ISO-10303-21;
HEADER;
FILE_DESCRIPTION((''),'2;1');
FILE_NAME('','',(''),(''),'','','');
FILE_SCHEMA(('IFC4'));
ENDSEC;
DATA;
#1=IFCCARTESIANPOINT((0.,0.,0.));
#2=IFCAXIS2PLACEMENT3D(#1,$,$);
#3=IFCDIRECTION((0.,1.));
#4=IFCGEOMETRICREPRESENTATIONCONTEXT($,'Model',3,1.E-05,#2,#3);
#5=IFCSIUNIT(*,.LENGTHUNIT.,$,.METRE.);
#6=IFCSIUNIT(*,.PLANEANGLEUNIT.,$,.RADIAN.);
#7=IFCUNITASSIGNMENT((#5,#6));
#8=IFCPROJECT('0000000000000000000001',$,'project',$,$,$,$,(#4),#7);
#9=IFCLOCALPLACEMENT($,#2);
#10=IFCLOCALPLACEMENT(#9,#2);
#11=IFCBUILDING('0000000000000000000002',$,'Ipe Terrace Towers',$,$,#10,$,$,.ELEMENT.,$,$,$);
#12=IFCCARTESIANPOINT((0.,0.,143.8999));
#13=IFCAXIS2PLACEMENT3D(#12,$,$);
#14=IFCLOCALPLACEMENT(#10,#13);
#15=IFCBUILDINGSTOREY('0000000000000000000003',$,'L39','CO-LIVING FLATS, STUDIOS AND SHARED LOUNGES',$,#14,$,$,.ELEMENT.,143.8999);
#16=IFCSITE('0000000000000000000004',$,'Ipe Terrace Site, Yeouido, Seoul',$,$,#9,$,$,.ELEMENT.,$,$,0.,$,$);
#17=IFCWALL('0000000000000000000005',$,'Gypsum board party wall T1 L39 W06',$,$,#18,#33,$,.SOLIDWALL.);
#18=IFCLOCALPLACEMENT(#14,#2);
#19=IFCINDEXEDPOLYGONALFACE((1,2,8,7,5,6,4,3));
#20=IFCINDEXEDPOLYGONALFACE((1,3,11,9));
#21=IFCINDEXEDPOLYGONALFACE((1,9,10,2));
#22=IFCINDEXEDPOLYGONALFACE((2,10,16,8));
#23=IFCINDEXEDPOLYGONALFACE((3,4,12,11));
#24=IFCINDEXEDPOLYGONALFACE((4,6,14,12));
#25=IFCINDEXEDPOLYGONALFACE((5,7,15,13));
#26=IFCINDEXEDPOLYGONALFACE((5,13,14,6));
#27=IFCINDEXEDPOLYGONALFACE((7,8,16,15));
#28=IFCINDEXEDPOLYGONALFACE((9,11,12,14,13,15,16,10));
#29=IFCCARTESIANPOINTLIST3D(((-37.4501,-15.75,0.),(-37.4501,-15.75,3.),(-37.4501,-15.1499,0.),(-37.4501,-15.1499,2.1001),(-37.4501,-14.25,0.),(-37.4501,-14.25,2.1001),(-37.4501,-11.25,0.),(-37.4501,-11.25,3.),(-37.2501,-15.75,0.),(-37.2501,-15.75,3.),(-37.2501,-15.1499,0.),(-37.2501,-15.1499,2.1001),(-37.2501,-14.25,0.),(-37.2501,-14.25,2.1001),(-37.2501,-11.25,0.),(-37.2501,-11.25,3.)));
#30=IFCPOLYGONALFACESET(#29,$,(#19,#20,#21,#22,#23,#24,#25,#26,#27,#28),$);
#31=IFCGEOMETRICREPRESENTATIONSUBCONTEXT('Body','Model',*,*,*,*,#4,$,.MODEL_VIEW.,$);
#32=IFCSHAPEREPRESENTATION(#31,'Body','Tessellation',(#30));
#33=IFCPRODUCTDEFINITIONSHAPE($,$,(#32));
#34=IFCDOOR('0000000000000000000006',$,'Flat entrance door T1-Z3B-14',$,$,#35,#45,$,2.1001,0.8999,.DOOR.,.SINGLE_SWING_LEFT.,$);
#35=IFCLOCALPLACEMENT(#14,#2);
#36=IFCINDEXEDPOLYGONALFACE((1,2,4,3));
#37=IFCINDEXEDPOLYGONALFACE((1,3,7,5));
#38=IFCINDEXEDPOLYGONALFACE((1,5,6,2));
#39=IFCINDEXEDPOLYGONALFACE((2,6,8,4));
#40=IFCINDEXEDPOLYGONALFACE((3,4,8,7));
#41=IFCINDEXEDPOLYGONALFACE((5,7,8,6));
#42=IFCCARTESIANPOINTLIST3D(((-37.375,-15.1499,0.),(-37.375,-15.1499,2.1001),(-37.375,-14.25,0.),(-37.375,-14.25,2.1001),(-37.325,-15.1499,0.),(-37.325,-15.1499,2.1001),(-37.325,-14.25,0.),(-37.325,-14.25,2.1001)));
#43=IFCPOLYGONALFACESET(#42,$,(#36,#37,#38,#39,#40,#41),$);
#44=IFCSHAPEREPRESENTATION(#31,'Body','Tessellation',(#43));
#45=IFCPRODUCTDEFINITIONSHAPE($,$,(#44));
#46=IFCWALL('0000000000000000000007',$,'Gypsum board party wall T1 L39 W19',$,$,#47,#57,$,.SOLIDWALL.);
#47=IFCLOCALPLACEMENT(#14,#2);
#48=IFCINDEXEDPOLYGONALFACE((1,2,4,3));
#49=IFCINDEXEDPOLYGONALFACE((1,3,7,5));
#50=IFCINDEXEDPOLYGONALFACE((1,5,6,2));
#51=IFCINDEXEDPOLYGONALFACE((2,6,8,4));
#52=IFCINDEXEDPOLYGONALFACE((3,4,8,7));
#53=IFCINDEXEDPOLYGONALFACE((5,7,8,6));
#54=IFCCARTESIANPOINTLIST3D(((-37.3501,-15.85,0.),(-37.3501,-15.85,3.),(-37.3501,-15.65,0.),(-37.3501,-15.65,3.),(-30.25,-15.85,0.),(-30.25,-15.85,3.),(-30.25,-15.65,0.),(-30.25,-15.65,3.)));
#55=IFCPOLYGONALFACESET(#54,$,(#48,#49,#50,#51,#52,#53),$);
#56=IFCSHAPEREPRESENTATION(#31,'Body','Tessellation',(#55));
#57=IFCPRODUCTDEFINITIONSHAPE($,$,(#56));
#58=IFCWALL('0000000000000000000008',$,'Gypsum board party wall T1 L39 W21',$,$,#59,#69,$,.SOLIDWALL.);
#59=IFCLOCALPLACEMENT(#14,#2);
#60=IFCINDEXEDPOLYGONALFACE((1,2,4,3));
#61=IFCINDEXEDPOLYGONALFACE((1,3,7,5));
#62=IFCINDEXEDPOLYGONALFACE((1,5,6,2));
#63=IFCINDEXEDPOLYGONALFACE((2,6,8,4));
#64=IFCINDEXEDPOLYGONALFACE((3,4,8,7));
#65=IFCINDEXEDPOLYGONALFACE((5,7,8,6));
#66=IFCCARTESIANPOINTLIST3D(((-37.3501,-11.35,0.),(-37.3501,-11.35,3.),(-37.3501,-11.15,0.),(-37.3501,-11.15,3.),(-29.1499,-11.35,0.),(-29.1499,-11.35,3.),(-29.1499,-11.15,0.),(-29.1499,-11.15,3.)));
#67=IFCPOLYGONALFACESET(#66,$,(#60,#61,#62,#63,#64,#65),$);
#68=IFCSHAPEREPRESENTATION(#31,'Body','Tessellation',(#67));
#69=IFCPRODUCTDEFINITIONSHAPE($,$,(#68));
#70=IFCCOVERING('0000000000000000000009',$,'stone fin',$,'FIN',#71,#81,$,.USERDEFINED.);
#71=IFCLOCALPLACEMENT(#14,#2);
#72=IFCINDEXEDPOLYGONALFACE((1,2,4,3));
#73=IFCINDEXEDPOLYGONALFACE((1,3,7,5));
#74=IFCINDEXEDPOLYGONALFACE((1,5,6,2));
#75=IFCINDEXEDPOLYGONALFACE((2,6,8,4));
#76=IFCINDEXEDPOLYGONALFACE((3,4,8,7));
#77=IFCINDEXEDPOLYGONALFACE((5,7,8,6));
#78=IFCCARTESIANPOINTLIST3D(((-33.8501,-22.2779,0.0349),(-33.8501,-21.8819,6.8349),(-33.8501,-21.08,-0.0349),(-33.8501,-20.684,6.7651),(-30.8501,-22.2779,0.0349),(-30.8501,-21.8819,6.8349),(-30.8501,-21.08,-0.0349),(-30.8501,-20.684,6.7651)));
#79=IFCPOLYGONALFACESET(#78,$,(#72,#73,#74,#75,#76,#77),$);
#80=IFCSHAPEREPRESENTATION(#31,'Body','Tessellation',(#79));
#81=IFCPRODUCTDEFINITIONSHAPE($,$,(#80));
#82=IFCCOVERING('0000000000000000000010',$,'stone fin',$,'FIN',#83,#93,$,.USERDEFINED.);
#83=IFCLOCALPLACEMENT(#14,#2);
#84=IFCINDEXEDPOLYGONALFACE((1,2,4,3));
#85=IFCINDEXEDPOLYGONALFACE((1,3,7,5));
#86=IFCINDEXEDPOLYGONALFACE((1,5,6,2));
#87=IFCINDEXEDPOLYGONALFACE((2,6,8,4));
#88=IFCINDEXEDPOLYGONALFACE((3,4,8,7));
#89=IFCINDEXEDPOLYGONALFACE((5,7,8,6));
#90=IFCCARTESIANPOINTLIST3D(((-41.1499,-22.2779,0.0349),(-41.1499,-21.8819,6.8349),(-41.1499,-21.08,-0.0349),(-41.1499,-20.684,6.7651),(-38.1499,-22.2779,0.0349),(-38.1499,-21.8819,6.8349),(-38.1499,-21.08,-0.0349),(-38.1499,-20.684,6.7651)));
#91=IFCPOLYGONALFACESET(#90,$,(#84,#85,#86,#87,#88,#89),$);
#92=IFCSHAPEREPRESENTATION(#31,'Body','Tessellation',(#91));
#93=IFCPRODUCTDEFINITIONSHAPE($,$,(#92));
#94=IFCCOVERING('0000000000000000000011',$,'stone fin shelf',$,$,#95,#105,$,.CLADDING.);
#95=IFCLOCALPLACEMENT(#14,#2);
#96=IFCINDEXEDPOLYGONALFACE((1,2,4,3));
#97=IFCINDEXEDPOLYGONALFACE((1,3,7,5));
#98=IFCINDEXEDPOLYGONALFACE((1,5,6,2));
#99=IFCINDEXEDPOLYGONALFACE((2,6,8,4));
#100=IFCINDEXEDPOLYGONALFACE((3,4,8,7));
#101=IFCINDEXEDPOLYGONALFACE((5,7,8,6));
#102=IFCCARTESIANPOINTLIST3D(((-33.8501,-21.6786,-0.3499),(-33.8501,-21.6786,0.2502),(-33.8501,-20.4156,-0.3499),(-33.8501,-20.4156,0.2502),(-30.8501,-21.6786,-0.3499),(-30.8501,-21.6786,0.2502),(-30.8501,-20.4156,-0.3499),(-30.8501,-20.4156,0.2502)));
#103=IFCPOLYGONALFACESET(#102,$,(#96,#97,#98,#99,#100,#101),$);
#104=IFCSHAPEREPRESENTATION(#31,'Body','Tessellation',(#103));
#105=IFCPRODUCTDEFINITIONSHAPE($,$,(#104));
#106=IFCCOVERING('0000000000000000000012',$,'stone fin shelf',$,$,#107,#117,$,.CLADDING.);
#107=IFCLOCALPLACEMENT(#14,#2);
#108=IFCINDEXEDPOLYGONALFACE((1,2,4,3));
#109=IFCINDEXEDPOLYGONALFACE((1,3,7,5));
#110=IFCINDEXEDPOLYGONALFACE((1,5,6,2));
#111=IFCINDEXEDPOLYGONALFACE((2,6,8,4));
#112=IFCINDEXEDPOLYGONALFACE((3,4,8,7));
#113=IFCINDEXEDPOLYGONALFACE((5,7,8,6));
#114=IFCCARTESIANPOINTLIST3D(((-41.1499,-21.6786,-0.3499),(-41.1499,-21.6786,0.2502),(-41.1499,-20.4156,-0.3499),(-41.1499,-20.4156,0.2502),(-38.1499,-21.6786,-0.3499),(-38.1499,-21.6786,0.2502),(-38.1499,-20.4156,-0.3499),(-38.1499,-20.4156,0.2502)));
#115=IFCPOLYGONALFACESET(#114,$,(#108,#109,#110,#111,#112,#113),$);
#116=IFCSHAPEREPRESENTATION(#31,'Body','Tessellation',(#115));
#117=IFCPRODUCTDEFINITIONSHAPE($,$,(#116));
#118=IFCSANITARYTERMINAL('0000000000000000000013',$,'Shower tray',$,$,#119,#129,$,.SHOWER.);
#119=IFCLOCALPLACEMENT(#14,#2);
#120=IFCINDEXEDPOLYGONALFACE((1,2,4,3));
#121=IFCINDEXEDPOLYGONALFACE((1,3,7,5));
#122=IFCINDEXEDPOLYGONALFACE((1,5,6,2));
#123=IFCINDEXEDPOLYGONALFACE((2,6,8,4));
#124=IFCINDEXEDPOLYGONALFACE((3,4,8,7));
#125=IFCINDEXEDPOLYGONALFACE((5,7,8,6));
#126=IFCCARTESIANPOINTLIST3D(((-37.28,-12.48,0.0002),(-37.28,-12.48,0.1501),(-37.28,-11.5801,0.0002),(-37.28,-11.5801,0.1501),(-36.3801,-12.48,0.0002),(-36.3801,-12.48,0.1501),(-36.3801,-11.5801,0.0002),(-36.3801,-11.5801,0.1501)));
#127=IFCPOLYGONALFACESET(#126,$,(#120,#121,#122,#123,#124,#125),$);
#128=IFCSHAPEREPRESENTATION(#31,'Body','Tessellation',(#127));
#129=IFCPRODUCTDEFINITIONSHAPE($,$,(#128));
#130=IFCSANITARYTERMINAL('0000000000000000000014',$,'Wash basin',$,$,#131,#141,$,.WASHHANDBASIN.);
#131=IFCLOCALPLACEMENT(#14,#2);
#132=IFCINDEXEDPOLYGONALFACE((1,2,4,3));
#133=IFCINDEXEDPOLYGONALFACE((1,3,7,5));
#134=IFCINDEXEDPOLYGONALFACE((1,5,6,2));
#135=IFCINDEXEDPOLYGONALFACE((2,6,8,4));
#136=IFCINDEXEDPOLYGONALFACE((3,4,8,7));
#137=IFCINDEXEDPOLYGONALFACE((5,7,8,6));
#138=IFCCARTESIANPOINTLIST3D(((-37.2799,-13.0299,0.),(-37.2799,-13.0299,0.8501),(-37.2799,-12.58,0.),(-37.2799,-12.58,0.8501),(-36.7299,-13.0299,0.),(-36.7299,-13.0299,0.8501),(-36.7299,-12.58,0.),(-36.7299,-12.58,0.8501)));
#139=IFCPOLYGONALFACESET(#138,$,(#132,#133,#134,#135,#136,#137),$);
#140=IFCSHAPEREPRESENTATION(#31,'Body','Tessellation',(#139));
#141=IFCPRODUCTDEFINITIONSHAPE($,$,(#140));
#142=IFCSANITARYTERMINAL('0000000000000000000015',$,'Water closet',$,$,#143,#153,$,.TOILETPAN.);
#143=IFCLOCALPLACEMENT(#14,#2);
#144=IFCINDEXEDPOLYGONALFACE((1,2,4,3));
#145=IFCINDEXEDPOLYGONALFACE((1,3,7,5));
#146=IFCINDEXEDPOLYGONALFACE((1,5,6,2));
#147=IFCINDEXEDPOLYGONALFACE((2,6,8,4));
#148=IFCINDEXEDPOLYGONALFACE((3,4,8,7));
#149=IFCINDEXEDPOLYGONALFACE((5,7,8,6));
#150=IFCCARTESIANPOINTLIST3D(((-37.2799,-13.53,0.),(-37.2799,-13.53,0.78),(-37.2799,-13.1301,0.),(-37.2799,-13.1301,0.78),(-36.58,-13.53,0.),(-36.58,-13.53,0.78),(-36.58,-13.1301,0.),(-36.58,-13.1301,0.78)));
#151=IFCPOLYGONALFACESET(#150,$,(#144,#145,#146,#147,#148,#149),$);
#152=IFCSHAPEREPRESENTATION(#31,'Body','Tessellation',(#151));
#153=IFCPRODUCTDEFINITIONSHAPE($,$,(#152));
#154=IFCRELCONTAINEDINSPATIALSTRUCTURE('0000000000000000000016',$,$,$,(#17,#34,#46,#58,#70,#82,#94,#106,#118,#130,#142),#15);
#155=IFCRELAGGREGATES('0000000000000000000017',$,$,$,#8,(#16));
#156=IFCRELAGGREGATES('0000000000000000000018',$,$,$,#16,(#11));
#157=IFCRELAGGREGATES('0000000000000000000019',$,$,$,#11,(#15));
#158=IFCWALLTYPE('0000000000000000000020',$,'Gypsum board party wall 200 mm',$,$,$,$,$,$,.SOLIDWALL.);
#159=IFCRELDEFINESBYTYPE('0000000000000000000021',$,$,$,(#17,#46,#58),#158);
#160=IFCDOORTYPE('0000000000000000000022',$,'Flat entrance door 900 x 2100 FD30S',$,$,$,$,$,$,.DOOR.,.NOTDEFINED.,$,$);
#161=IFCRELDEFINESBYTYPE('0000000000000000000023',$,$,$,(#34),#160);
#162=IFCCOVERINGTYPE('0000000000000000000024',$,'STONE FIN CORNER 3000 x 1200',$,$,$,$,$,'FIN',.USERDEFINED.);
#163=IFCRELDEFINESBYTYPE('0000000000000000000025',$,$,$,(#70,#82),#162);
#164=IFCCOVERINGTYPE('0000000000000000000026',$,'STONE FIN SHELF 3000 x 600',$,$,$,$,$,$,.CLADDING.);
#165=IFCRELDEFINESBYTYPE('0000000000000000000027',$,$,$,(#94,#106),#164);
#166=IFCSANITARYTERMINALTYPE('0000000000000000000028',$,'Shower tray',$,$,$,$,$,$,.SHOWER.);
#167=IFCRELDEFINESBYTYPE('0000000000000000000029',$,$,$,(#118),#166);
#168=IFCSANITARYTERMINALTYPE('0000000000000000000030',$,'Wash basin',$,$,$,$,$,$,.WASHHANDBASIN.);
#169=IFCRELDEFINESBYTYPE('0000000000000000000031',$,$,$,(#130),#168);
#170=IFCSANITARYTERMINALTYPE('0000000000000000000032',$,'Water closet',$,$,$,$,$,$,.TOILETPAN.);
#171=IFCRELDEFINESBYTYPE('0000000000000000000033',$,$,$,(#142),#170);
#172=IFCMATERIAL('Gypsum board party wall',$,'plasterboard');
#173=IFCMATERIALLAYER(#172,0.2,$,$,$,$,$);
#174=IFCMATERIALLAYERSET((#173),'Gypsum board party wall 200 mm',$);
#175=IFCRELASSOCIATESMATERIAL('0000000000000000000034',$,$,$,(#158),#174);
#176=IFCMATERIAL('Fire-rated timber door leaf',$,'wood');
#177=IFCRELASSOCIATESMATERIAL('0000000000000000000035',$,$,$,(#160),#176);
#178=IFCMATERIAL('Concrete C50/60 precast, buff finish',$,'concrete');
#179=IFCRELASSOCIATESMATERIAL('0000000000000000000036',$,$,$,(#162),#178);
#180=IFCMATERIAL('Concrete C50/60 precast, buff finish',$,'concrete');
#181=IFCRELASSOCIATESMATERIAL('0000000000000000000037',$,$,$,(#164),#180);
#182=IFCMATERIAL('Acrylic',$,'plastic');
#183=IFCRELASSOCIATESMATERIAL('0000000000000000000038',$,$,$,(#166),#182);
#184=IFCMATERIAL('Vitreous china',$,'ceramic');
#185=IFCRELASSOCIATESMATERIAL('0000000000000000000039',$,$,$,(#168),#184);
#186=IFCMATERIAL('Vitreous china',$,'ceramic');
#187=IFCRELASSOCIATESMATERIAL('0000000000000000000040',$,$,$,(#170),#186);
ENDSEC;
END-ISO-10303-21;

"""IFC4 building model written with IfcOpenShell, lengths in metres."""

from ifc_helpers import new_model, si_unit, direction, frame, frame_2d, origin, origin_2d, place, context, subcontext, project, spatial, rectangle, extrude, material, layer, layer_set, material_profile, profile_set, type_object, element, fill, save


model = new_model("IFC4")

# Units and contexts
model_context = context("Model", 3, precision=1e-05, world=origin(), true_north=direction((0.0, 1.0)))
body_context = subcontext(model_context, "Body", "Model", "MODEL_VIEW")
ifc_project = project(units=[si_unit("LENGTHUNIT", "METRE"), si_unit("PLANEANGLEUNIT", "RADIAN")], contexts=[model_context])

# Site, building, storey
site_placement = place(None, origin())
site = spatial("IfcSite", under=ifc_project, at=site_placement, Name="Ipe Terrace Site, Yeouido, Seoul", CompositionType="ELEMENT", RefElevation=0.0)
building_placement = place(site_placement, origin())
building = spatial("IfcBuilding", under=site, at=building_placement, Name="Ipe Terrace Towers", CompositionType="ELEMENT")
storey_placement = place(building_placement, frame((0.0, 0.0, 143.8999)))
storey = spatial("IfcBuildingStorey", under=building, at=storey_placement, Name="L39", Description="CO-LIVING FLATS, STUDIOS AND SHARED LOUNGES", CompositionType="ELEMENT", Elevation=143.8999)

# Wall, opening, door
ifc_material_1 = material(Name="Gypsum board party wall", Category="plasterboard")
ifc_layer_1 = layer(ifc_material_1, 0.2)
ifc_layer_set_1 = layer_set([ifc_layer_1], Name="Gypsum board party wall 200 mm")
wall_type_1 = type_object("IfcWallType", Name="Gypsum board party wall 200 mm", PredefinedType="SOLIDWALL", material=ifc_layer_set_1)
wall_1_placement = place(storey_placement, frame((-37.3501, -15.75, 0.0), z_axis=(0.0, 0.0, 1.0), x_axis=(0.0, 1.0, 0.0)))
wall_1 = element("IfcWall", 1, at=wall_1_placement, inside=storey, type_object=wall_type_1, Name="Gypsum board party wall T1 L39 W06", PredefinedType="SOLIDWALL", context=body_context, shape_type="SweptSolid", body=[
    extrude(rectangle(XDim=4.5, YDim=0.2, at=frame_2d((2.25, 0.0))), origin(), (0.0, 0.0, 1.0), 3.0),
])
opening_1_placement = place(wall_1_placement, frame((0.6001, 0.0, 0.0)))
opening_1 = element("IfcOpeningElement", 2, at=opening_1_placement, cuts=wall_1, PredefinedType="OPENING", context=body_context, shape_type="SweptSolid", body=[
    extrude(rectangle(XDim=0.8999, YDim=2.1001, at=frame_2d((0.45, 1.05))), frame((0.0, 0.1099, 0.0), z_axis=(0.0, -1.0, 0.0), x_axis=(1.0, 0.0, 0.0)), (0.0, 0.0, 1.0), 0.22),
])
ifc_material_2 = material(Name="Fire-rated timber door leaf", Category="wood")
door_type_1 = type_object("IfcDoorType", Name="Flat entrance door 900 x 2100 FD30S", OperationType="NOTDEFINED", PredefinedType="DOOR", material=ifc_material_2)
door_1_placement = place(opening_1_placement, origin())
door_1 = element("IfcDoor", 3, at=door_1_placement, inside=storey, type_object=door_type_1, Name="Flat entrance door T1-Z3B-14", OperationType="SINGLE_SWING_LEFT", OverallHeight=2.1001, OverallWidth=0.8999, PredefinedType="DOOR", context=body_context, shape_type="SweptSolid", body=[
    extrude(rectangle(XDim=0.8999, YDim=2.1001, at=frame_2d((0.45, 1.05))), frame((0.0, 0.0249, 0.0), z_axis=(0.0, -1.0, 0.0), x_axis=(1.0, 0.0, 0.0)), (0.0, 0.0, 1.0), 0.05),
])
fill(opening_1, door_1)

# Walls
wall_2_placement = place(storey_placement, frame((-37.3501, -15.75, 0.0), z_axis=(0.0, 0.0, 1.0), x_axis=(1.0, 0.0, 0.0)))
element("IfcWall", 4, at=wall_2_placement, inside=storey, type_object=wall_type_1, Name="Gypsum board party wall T1 L39 W19", PredefinedType="SOLIDWALL", context=body_context, shape_type="SweptSolid", body=[
    extrude(rectangle(XDim=7.1001, YDim=0.2, at=frame_2d((3.55, 0.0))), origin(), (0.0, 0.0, 1.0), 3.0),
])
wall_3_placement = place(storey_placement, frame((-37.3501, -11.25, 0.0), z_axis=(0.0, 0.0, 1.0), x_axis=(1.0, 0.0, 0.0)))
element("IfcWall", 5, at=wall_3_placement, inside=storey, type_object=wall_type_1, Name="Gypsum board party wall T1 L39 W21", PredefinedType="SOLIDWALL", context=body_context, shape_type="SweptSolid", body=[
    extrude(rectangle(XDim=8.2002, YDim=0.2, at=frame_2d((4.1001, 0.0))), origin(), (0.0, 0.0, 1.0), 3.0),
])

# Coverings
ifc_material_3 = material(Name="Concrete C50/60 precast, buff finish", Category="concrete")
ifc_material_profile_1 = material_profile(ifc_material_3, rectangle(XDim=3.0, YDim=1.2, at=origin_2d()), Name="STONE FIN CORNER 3000 x 1200")
ifc_profile_set_1 = profile_set([ifc_material_profile_1], Name="Concrete C50/60 precast, buff finish")
covering_type_1 = type_object("IfcCoveringType", Name="STONE FIN CORNER 3000 x 1200", ElementType="FIN", PredefinedType="USERDEFINED", material=ifc_profile_set_1)
for number, where, z_axis, x_axis, name in (
    (6, (-32.3501, -21.679, 0.0), (0.0, 0.058136, 0.998309), (1.0, 0.0, 0.0), "stone fin"),
    (7, (-39.6499, -21.679, 0.0), (0.0, 0.058136, 0.998309), (1.0, 0.0, 0.0), "stone fin"),
):
    element("IfcCovering", number, at=place(storey_placement, frame(where, z_axis=z_axis, x_axis=x_axis)), inside=storey, type_object=covering_type_1, Name=name, ObjectType="FIN", PredefinedType="USERDEFINED", context=body_context, shape_type="SweptSolid", body=[
        extrude(rectangle(XDim=3.0, YDim=1.2, at=origin_2d()), origin(), (0.0, 0.0, 1.0), 6.8115),
    ])
ifc_material_4 = material(Name="Concrete C50/60 precast, buff finish", Category="concrete")
covering_type_2 = type_object("IfcCoveringType", Name="STONE FIN SHELF 3000 x 600", PredefinedType="CLADDING", material=ifc_material_4)
for number, where, z_axis, x_axis, name in (
    (8, (-32.3501, -21.0471, -0.3499), (0.0, 0.0, 1.0), (1.0, 0.0, 0.0), "stone fin shelf"),
    (9, (-39.6499, -21.0471, -0.3499), (0.0, 0.0, 1.0), (1.0, 0.0, 0.0), "stone fin shelf"),
):
    element("IfcCovering", number, at=place(storey_placement, frame(where, z_axis=z_axis, x_axis=x_axis)), inside=storey, type_object=covering_type_2, Name=name, PredefinedType="CLADDING", context=body_context, shape_type="SweptSolid", body=[
        extrude(rectangle(XDim=3.0, YDim=1.2629, at=origin_2d()), origin(), (0.0, 0.0, 1.0), 0.6001),
    ])

# Sanitary terminals
ifc_material_5 = material(Name="Acrylic", Category="plastic")
sanitary_terminal_type_1 = type_object("IfcSanitaryTerminalType", Name="Shower tray", PredefinedType="SHOWER", material=ifc_material_5)
sanitary_terminal_1_placement = place(storey_placement, frame((-36.8301, -12.03, 0.0002), z_axis=(0.0, 0.0, 1.0), x_axis=(1.0, 0.0, 0.0)))
element("IfcSanitaryTerminal", 10, at=sanitary_terminal_1_placement, inside=storey, type_object=sanitary_terminal_type_1, Name="Shower tray", PredefinedType="SHOWER", context=body_context, shape_type="SweptSolid", body=[
    extrude(rectangle(XDim=0.8999, YDim=0.8999, at=origin_2d()), origin(), (0.0, 0.0, 1.0), 0.1499),
])
ifc_material_6 = material(Name="Vitreous china", Category="ceramic")
sanitary_terminal_type_2 = type_object("IfcSanitaryTerminalType", Name="Wash basin", PredefinedType="WASHHANDBASIN", material=ifc_material_6)
sanitary_terminal_2_placement = place(storey_placement, frame((-37.0049, -12.8049, 0.0), z_axis=(0.0, 0.0, 1.0), x_axis=(1.0, 0.0, 0.0)))
element("IfcSanitaryTerminal", 11, at=sanitary_terminal_2_placement, inside=storey, type_object=sanitary_terminal_type_2, Name="Wash basin", PredefinedType="WASHHANDBASIN", context=body_context, shape_type="SweptSolid", body=[
    extrude(rectangle(XDim=0.55, YDim=0.45, at=origin_2d()), origin(), (0.0, 0.0, 1.0), 0.8501),
])
ifc_material_7 = material(Name="Vitreous china", Category="ceramic")
sanitary_terminal_type_3 = type_object("IfcSanitaryTerminalType", Name="Water closet", PredefinedType="TOILETPAN", material=ifc_material_7)
sanitary_terminal_3_placement = place(storey_placement, frame((-36.9299, -13.3301, 0.0), z_axis=(0.0, 0.0, 1.0), x_axis=(1.0, 0.0, 0.0)))
element("IfcSanitaryTerminal", 12, at=sanitary_terminal_3_placement, inside=storey, type_object=sanitary_terminal_type_3, Name="Water closet", PredefinedType="TOILETPAN", context=body_context, shape_type="SweptSolid", body=[
    extrude(rectangle(XDim=0.7, YDim=0.3999, at=origin_2d()), origin(), (0.0, 0.0, 1.0), 0.78),
])

save(model, "model.ifc")
